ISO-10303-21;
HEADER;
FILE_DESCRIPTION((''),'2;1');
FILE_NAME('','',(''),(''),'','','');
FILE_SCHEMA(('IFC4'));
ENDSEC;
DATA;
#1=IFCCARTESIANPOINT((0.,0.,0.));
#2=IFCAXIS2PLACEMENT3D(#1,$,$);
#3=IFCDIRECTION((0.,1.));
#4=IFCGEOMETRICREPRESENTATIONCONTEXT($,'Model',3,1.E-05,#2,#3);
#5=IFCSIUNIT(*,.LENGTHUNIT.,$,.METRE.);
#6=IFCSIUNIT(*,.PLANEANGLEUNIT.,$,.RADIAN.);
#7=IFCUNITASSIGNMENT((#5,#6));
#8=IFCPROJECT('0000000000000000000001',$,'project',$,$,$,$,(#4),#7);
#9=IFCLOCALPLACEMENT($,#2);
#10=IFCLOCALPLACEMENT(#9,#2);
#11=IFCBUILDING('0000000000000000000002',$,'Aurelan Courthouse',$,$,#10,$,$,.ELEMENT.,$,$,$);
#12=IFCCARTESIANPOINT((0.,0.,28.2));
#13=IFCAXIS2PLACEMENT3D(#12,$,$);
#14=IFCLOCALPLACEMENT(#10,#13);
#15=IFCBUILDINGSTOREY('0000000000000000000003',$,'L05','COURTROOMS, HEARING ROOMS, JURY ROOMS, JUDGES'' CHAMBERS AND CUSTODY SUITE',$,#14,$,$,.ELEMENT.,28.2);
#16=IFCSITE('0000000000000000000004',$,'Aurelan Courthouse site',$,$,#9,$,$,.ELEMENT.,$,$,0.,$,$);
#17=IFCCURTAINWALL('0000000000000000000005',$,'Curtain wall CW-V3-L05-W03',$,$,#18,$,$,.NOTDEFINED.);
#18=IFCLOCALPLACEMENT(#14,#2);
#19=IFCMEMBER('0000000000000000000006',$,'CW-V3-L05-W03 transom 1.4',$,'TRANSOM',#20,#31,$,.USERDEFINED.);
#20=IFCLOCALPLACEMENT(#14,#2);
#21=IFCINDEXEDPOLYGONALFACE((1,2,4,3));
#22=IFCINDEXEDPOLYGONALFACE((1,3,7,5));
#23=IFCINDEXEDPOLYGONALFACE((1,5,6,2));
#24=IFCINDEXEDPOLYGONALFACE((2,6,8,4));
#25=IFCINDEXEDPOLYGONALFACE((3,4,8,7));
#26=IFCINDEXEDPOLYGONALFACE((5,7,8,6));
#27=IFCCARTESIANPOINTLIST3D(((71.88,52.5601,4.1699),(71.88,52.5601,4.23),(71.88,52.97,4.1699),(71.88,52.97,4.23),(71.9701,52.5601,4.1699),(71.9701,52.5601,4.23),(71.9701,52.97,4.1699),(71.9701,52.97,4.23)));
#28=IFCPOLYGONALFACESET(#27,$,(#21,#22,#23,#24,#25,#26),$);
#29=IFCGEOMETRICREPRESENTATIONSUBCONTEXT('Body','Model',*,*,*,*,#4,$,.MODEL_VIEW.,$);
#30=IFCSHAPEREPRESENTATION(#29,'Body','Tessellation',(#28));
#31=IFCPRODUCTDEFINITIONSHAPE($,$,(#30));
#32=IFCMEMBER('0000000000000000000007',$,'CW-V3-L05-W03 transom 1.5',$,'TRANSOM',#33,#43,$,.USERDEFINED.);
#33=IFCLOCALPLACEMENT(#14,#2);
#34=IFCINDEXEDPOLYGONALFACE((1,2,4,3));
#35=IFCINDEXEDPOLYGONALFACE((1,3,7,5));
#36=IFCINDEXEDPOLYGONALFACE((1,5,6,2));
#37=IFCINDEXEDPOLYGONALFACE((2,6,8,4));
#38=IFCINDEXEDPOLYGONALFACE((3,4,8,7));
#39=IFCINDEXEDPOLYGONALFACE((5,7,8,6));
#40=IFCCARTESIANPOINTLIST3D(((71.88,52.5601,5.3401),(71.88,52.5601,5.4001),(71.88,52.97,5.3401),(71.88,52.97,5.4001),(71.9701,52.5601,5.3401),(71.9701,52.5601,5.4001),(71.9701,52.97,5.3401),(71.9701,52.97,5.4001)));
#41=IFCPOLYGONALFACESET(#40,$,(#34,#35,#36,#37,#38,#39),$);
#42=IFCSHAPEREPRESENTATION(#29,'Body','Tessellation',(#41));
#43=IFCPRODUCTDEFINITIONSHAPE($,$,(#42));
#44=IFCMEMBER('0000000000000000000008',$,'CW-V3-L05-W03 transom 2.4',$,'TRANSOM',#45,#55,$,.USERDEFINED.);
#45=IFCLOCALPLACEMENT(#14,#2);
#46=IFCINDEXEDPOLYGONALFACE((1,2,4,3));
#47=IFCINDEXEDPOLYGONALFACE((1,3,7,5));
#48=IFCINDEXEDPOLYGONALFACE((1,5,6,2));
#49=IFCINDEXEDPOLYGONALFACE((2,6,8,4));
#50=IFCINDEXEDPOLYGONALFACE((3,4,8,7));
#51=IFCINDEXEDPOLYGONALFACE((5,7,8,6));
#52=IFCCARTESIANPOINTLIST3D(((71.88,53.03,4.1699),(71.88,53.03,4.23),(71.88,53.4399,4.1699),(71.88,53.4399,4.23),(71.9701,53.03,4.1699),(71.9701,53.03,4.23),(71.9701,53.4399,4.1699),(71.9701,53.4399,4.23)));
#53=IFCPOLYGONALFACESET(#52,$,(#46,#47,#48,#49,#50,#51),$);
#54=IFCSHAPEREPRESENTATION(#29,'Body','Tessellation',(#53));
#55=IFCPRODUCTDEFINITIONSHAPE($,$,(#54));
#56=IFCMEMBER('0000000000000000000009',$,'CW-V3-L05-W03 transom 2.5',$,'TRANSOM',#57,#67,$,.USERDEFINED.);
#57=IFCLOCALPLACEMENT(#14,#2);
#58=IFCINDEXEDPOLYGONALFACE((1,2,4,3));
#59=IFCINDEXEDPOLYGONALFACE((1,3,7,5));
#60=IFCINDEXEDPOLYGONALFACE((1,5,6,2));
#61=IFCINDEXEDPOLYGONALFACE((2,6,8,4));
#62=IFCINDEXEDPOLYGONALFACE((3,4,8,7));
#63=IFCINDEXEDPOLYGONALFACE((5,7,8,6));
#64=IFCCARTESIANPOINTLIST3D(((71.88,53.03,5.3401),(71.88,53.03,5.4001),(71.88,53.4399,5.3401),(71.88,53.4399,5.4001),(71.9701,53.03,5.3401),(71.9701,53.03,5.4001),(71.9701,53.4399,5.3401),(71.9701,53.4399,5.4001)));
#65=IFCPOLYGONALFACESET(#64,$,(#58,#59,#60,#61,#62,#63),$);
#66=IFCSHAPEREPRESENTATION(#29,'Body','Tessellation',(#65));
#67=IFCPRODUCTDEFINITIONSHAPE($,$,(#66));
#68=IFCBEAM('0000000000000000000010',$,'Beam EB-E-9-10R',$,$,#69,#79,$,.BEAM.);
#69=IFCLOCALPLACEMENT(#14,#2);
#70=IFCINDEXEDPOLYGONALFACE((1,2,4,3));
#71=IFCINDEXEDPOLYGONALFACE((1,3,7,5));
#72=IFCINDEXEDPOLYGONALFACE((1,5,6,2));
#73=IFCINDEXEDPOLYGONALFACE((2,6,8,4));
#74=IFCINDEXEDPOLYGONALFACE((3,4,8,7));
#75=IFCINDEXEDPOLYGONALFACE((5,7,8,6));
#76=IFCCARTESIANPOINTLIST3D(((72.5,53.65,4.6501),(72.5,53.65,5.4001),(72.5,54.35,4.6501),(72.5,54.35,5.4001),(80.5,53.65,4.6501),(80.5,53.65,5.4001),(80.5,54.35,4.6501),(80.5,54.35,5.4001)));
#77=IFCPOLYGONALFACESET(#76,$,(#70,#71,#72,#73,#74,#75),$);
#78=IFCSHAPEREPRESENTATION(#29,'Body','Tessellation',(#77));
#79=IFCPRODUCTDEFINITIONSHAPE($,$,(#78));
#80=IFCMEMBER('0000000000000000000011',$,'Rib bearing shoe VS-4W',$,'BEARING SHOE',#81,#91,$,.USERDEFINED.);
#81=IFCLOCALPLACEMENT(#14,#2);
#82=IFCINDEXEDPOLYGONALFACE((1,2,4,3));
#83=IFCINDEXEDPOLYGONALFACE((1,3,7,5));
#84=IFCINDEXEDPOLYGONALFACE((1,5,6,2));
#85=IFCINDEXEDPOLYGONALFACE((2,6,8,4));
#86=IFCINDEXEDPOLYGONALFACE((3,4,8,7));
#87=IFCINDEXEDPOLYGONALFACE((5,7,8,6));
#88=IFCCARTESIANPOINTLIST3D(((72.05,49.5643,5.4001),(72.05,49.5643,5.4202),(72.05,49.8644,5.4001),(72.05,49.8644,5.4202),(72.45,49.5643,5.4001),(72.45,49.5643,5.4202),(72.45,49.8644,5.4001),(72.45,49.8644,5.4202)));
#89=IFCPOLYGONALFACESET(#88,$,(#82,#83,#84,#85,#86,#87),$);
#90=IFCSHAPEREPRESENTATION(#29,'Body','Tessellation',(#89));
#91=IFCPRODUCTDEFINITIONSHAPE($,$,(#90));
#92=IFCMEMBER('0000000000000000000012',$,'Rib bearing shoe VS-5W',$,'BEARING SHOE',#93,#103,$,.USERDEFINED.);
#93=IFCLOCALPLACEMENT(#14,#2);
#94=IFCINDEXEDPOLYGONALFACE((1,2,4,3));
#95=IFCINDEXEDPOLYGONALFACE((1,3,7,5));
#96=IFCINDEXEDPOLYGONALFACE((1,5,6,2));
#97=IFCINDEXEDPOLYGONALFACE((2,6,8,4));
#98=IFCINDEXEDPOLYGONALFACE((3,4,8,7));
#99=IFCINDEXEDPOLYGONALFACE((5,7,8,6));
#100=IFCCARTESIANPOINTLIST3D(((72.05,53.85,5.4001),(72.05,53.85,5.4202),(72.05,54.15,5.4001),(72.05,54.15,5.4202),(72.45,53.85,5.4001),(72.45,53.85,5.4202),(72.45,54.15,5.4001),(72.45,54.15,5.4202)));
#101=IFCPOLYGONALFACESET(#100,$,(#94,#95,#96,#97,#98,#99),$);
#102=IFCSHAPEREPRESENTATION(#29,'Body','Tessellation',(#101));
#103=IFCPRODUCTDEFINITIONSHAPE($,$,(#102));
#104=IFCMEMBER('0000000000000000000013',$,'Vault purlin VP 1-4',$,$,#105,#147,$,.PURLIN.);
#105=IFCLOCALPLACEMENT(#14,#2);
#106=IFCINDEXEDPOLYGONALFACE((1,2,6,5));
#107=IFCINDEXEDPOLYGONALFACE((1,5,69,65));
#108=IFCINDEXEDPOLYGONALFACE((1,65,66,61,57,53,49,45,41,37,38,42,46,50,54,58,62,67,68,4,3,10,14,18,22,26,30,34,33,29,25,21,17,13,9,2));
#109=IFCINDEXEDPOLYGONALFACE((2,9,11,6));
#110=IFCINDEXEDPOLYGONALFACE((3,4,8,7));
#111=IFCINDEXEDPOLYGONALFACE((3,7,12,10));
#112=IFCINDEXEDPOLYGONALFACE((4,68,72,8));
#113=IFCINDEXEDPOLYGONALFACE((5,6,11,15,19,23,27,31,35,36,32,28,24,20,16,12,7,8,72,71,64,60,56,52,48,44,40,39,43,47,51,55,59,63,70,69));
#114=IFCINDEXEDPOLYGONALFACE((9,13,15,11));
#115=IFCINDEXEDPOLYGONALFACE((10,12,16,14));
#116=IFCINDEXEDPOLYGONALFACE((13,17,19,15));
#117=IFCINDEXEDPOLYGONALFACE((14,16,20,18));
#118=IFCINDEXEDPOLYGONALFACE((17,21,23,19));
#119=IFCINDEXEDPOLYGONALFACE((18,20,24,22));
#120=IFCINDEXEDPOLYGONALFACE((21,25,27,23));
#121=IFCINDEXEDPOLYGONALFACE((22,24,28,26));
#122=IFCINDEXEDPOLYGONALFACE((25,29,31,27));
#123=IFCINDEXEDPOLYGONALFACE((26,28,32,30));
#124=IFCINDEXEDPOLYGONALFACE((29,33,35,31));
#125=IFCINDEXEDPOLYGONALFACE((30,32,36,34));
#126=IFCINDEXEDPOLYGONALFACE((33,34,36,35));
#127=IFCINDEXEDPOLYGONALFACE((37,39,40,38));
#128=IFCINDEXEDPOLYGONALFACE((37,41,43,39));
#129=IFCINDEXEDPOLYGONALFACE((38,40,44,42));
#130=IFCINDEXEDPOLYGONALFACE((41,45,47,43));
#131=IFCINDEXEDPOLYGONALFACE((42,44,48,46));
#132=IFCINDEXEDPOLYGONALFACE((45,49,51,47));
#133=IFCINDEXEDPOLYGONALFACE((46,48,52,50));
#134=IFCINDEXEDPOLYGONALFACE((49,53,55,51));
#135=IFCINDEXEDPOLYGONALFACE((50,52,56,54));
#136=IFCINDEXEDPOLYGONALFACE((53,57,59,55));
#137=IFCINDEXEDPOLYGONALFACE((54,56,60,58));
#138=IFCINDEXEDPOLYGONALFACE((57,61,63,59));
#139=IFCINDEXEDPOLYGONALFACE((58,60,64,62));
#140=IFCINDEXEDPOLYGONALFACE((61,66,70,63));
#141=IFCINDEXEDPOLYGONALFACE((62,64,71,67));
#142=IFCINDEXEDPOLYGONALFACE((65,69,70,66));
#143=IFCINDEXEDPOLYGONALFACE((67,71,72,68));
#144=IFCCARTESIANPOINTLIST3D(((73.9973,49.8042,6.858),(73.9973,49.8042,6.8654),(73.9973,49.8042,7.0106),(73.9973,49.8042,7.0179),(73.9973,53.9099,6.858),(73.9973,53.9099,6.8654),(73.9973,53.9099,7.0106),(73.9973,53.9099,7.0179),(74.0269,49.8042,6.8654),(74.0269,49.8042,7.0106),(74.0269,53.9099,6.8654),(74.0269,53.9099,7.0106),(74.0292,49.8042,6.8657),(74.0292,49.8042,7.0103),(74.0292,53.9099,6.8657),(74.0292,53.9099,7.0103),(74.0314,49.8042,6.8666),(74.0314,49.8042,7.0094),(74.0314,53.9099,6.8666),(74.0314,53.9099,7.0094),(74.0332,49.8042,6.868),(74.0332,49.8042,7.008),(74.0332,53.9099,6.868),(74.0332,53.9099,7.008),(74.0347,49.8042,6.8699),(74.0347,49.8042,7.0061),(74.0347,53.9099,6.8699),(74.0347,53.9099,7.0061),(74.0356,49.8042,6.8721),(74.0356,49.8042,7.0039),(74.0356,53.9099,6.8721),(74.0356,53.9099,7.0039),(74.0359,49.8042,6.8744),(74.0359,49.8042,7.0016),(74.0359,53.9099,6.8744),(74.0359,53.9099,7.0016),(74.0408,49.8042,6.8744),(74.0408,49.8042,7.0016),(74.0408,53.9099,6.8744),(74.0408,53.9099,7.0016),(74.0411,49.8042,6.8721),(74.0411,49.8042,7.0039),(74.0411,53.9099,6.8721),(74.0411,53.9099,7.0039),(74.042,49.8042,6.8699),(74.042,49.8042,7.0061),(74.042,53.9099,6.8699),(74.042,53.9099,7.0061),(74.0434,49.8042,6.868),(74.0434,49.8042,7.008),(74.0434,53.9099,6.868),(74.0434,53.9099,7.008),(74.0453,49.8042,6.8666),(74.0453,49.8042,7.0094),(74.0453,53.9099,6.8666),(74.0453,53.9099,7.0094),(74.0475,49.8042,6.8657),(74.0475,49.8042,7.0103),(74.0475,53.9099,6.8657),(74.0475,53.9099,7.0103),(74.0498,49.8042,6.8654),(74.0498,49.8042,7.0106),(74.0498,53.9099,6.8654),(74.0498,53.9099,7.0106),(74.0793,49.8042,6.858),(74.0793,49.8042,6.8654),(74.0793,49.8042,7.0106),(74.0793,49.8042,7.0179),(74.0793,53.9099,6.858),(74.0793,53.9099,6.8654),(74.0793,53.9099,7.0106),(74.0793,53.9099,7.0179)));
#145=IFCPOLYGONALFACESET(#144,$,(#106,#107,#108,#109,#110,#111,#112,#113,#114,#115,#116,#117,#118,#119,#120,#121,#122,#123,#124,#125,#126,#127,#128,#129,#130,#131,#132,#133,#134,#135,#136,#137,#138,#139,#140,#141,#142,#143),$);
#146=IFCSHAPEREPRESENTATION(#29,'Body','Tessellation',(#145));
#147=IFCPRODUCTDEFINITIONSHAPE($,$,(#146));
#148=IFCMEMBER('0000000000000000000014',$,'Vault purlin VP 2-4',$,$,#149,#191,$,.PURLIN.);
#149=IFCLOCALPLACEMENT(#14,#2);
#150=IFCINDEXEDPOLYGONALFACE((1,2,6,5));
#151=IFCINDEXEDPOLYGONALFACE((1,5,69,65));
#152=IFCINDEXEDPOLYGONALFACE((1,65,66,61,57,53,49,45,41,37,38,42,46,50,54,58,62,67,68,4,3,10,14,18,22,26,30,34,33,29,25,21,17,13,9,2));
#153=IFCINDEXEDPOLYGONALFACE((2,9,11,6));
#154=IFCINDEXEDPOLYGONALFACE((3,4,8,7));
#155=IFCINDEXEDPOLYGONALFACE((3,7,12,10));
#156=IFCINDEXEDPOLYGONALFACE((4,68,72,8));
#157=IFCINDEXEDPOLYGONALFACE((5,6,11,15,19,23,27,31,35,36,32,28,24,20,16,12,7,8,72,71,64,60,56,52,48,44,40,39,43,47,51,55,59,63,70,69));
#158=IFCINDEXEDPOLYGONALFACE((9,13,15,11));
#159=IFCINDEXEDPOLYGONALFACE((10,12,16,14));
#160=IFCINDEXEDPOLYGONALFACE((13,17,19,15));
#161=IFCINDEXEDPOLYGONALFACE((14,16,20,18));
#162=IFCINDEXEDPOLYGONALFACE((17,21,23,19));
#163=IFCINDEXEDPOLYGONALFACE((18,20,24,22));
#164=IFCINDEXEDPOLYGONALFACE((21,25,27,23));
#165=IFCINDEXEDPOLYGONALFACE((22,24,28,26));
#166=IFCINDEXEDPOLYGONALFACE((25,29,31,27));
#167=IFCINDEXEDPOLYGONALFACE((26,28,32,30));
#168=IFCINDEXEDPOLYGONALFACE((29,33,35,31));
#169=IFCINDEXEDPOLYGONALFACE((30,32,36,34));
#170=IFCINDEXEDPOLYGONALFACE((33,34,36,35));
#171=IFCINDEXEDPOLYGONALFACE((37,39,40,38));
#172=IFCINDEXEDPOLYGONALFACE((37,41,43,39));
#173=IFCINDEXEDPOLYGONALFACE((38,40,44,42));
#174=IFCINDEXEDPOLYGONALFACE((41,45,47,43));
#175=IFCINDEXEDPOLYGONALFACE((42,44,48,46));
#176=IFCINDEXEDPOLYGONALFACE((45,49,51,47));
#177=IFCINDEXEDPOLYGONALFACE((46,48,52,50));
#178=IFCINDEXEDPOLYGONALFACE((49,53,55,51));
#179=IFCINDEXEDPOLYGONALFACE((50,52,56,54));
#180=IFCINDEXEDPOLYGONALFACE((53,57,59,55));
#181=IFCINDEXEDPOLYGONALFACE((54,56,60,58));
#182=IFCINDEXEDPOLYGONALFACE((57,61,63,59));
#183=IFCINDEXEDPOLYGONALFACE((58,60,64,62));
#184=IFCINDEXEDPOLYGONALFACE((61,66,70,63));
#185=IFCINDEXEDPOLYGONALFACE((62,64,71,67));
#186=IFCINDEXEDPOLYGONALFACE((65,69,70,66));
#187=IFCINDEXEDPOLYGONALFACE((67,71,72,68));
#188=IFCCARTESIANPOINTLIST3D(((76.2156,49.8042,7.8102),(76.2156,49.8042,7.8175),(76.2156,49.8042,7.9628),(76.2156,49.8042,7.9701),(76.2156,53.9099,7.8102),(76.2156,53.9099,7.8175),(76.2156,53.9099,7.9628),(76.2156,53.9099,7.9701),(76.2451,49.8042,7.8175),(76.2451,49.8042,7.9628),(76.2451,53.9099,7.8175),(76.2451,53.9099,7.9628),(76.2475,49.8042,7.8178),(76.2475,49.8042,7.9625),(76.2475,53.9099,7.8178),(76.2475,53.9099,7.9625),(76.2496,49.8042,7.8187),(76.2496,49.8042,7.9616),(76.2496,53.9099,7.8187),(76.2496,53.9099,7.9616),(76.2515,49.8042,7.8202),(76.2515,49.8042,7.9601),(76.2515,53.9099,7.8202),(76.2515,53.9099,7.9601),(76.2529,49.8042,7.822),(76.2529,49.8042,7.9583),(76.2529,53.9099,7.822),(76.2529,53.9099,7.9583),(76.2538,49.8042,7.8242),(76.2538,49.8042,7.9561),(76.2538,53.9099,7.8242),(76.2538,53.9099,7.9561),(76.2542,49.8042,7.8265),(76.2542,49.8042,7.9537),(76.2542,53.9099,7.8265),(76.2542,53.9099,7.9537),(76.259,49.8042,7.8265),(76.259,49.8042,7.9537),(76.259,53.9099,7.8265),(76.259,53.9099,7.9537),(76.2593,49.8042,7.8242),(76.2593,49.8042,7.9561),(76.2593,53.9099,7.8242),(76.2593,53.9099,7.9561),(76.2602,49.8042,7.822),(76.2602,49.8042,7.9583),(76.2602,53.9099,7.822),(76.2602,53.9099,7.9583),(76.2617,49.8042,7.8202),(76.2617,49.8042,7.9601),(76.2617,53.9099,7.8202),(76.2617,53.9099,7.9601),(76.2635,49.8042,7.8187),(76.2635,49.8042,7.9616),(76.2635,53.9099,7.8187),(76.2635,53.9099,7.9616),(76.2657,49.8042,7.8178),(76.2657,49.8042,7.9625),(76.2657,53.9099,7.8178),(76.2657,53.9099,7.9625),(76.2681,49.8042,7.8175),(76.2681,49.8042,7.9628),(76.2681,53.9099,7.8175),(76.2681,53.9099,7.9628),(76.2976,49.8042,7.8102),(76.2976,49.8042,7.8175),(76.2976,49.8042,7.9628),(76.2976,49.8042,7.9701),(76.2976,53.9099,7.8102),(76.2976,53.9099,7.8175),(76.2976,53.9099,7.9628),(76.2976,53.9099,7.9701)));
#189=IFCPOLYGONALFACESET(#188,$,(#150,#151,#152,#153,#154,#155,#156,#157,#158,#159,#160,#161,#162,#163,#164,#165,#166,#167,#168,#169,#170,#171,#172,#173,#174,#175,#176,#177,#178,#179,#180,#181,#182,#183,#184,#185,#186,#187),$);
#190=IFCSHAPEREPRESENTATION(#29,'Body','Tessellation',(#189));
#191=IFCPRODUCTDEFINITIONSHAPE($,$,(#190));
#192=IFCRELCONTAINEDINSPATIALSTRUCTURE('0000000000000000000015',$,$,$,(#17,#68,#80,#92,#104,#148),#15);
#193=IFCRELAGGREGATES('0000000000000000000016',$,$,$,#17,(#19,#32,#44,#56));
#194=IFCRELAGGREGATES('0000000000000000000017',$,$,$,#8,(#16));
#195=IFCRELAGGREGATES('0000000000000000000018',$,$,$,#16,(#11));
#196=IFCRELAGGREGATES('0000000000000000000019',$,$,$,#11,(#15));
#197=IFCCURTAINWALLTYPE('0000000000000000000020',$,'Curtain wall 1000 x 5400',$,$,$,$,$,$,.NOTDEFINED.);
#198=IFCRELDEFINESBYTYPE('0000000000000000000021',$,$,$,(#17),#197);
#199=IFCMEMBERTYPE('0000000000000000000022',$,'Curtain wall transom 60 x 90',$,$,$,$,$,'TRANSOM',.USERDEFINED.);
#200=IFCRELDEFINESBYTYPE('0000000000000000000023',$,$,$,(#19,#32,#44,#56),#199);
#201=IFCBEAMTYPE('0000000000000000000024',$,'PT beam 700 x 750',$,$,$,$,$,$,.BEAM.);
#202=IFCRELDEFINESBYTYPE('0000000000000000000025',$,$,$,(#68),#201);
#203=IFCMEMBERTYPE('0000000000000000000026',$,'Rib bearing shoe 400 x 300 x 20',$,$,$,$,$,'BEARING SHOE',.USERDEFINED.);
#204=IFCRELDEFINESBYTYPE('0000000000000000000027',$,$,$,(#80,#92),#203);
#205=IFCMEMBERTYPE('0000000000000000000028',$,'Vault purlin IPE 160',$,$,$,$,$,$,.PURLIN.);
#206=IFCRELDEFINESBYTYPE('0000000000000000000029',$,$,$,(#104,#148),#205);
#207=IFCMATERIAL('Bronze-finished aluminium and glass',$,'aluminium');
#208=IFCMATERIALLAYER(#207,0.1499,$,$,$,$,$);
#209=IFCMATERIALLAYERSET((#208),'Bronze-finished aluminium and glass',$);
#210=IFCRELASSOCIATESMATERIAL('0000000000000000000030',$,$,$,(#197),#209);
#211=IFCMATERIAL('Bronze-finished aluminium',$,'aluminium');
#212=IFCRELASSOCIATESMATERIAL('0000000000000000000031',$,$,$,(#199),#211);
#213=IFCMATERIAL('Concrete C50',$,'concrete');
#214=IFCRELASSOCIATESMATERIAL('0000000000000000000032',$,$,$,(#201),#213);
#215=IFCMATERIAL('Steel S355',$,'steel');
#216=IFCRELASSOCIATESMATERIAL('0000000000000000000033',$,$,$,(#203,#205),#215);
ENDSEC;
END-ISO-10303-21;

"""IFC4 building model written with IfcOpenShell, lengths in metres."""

from ifc_helpers import new_model, si_unit, direction, frame, origin, origin_2d, place, context, subcontext, project, spatial, rectangle, i_section, extrude, material, layer, layer_set, material_profile, profile_set, type_object, element, aggregate, save


model = new_model("IFC4")

# Units and contexts
model_context = context("Model", 3, precision=1e-05, world=origin(), true_north=direction((0.0, 1.0)))
body_context = subcontext(model_context, "Body", "Model", "MODEL_VIEW")
ifc_project = project(units=[si_unit("LENGTHUNIT", "METRE"), si_unit("PLANEANGLEUNIT", "RADIAN")], contexts=[model_context])

# Site, building, storey
site_placement = place(None, origin())
site = spatial("IfcSite", under=ifc_project, at=site_placement, Name="Aurelan Courthouse site", CompositionType="ELEMENT", RefElevation=0.0)
building_placement = place(site_placement, origin())
building = spatial("IfcBuilding", under=site, at=building_placement, Name="Aurelan Courthouse", CompositionType="ELEMENT")
storey_placement = place(building_placement, frame((0.0, 0.0, 28.2)))
storey = spatial("IfcBuildingStorey", under=building, at=storey_placement, Name="L05", Description="COURTROOMS, HEARING ROOMS, JURY ROOMS, JUDGES' CHAMBERS AND CUSTODY SUITE", CompositionType="ELEMENT", Elevation=28.2)

# Curtain wall, members
ifc_material_1 = material(Name="Bronze-finished aluminium and glass", Category="aluminium")
ifc_layer_1 = layer(ifc_material_1, 0.1499)
ifc_layer_set_1 = layer_set([ifc_layer_1], Name="Bronze-finished aluminium and glass")
curtain_wall_type_1 = type_object("IfcCurtainWallType", Name="Curtain wall 1000 x 5400", PredefinedType="NOTDEFINED", material=ifc_layer_set_1)
curtain_wall_1_placement = place(storey_placement, origin())
curtain_wall_1 = element("IfcCurtainWall", 1, at=curtain_wall_1_placement, inside=storey, type_object=curtain_wall_type_1, Name="Curtain wall CW-V3-L05-W03", PredefinedType="NOTDEFINED")
ifc_material_2 = material(Name="Bronze-finished aluminium", Category="aluminium")
ifc_material_profile_1 = material_profile(ifc_material_2, rectangle(XDim=0.0901, YDim=0.0601, at=origin_2d()), Name="Bronze transom 60 x 90")
ifc_profile_set_1 = profile_set([ifc_material_profile_1], Name="Bronze-finished aluminium")
member_type_1 = type_object("IfcMemberType", Name="Curtain wall transom 60 x 90", ElementType="TRANSOM", PredefinedType="USERDEFINED", material=ifc_profile_set_1)
member_1_placement = place(storey_placement, frame((71.925, 52.5601, 4.2), z_axis=(0.0, 1.0, 0.0), x_axis=(-1.0, 0.0, 0.0)))
member_1 = element("IfcMember", 2, at=member_1_placement, type_object=member_type_1, Name="CW-V3-L05-W03 transom 1.4", ObjectType="TRANSOM", PredefinedType="USERDEFINED", context=body_context, shape_type="SweptSolid", body=[
    extrude(rectangle(XDim=0.0901, YDim=0.0601, at=origin_2d()), origin(), (0.0, 0.0, 1.0), 0.4099),
])
member_2_placement = place(storey_placement, frame((71.925, 52.5601, 5.3701), z_axis=(0.0, 1.0, 0.0), x_axis=(-1.0, 0.0, 0.0)))
member_2 = element("IfcMember", 3, at=member_2_placement, type_object=member_type_1, Name="CW-V3-L05-W03 transom 1.5", ObjectType="TRANSOM", PredefinedType="USERDEFINED", context=body_context, shape_type="SweptSolid", body=[
    extrude(rectangle(XDim=0.0901, YDim=0.0601, at=origin_2d()), origin(), (0.0, 0.0, 1.0), 0.4099),
])
member_3_placement = place(storey_placement, frame((71.925, 53.03, 4.2), z_axis=(0.0, 1.0, 0.0), x_axis=(-1.0, 0.0, 0.0)))
member_3 = element("IfcMember", 4, at=member_3_placement, type_object=member_type_1, Name="CW-V3-L05-W03 transom 2.4", ObjectType="TRANSOM", PredefinedType="USERDEFINED", context=body_context, shape_type="SweptSolid", body=[
    extrude(rectangle(XDim=0.0901, YDim=0.0601, at=origin_2d()), origin(), (0.0, 0.0, 1.0), 0.4099),
])
member_4_placement = place(storey_placement, frame((71.925, 53.03, 5.3701), z_axis=(0.0, 1.0, 0.0), x_axis=(-1.0, 0.0, 0.0)))
member_4 = element("IfcMember", 5, at=member_4_placement, type_object=member_type_1, Name="CW-V3-L05-W03 transom 2.5", ObjectType="TRANSOM", PredefinedType="USERDEFINED", context=body_context, shape_type="SweptSolid", body=[
    extrude(rectangle(XDim=0.0901, YDim=0.0601, at=origin_2d()), origin(), (0.0, 0.0, 1.0), 0.4099),
])

# Beam
ifc_material_3 = material(Name="Concrete C50", Category="concrete")
ifc_material_profile_2 = material_profile(ifc_material_3, rectangle(XDim=0.7, YDim=0.75, at=origin_2d()), Name="RC 700 x 750")
ifc_profile_set_2 = profile_set([ifc_material_profile_2], Name="Concrete C50")
beam_type = type_object("IfcBeamType", Name="PT beam 700 x 750", PredefinedType="BEAM", material=ifc_profile_set_2)
beam_placement = place(storey_placement, frame((72.5, 54.0, 5.0251), z_axis=(1.0, 0.0, 0.0), x_axis=(0.0, 1.0, 0.0)))
element("IfcBeam", 6, at=beam_placement, inside=storey, type_object=beam_type, Name="Beam EB-E-9-10R", PredefinedType="BEAM", context=body_context, shape_type="SweptSolid", body=[
    extrude(rectangle(XDim=0.7, YDim=0.75, at=origin_2d()), origin(), (0.0, 0.0, 1.0), 8.0),
])

# Members
ifc_material_4 = material(Name="Steel S355", Category="steel")
ifc_material_profile_3 = material_profile(ifc_material_4, rectangle(XDim=0.3999, YDim=0.3, at=origin_2d()), Name="PL 400 x 300")
ifc_profile_set_3 = profile_set([ifc_material_profile_3], Name="Steel S355")
member_type_2 = type_object("IfcMemberType", Name="Rib bearing shoe 400 x 300 x 20", ElementType="BEARING SHOE", PredefinedType="USERDEFINED", material=ifc_profile_set_3)
for number, where, z_axis, x_axis, name in (
    (7, (72.25, 49.7144, 5.4001), (0.0, 0.0, 1.0), (1.0, 0.0, 0.0), "Rib bearing shoe VS-4W"),
    (8, (72.25, 54.0, 5.4001), (0.0, 0.0, 1.0), (1.0, 0.0, 0.0), "Rib bearing shoe VS-5W"),
):
    element("IfcMember", number, at=place(storey_placement, frame(where, z_axis=z_axis, x_axis=x_axis)), inside=storey, type_object=member_type_2, Name=name, ObjectType="BEARING SHOE", PredefinedType="USERDEFINED", context=body_context, shape_type="SweptSolid", body=[
        extrude(rectangle(XDim=0.3999, YDim=0.3, at=origin_2d()), origin(), (0.0, 0.0, 1.0), 0.02),
    ])
ifc_material_profile_4 = material_profile(ifc_material_4, i_section(OverallWidth=0.082, OverallDepth=0.1599, WebThickness=0.0049, FlangeThickness=0.0073, FilletRadius=0.009, at=origin_2d()), Name="IPE 160")
ifc_profile_set_4 = profile_set([ifc_material_profile_4], Name="Steel S355")
member_type_3 = type_object("IfcMemberType", Name="Vault purlin IPE 160", PredefinedType="PURLIN", material=ifc_profile_set_4)
for number, where, z_axis, x_axis, name in (
    (9, (74.0383, 49.8042, 6.938), (0.0, 1.0, 0.0), (-1.0, 0.0, 0.0), "Vault purlin VP 1-4"),
    (10, (76.2566, 49.8042, 7.8901), (0.0, 1.0, 0.0), (-1.0, 0.0, 0.0), "Vault purlin VP 2-4"),
):
    element("IfcMember", number, at=place(storey_placement, frame(where, z_axis=z_axis, x_axis=x_axis)), inside=storey, type_object=member_type_3, Name=name, PredefinedType="PURLIN", context=body_context, shape_type="SweptSolid", body=[
        extrude(i_section(OverallWidth=0.082, OverallDepth=0.1599, WebThickness=0.0049, FlangeThickness=0.0073, FilletRadius=0.009, at=origin_2d()), origin(), (0.0, 0.0, 1.0), 4.1057),
    ])

aggregate(curtain_wall_1, [member_1, member_2, member_3, member_4])

save(model, "model.ifc")
